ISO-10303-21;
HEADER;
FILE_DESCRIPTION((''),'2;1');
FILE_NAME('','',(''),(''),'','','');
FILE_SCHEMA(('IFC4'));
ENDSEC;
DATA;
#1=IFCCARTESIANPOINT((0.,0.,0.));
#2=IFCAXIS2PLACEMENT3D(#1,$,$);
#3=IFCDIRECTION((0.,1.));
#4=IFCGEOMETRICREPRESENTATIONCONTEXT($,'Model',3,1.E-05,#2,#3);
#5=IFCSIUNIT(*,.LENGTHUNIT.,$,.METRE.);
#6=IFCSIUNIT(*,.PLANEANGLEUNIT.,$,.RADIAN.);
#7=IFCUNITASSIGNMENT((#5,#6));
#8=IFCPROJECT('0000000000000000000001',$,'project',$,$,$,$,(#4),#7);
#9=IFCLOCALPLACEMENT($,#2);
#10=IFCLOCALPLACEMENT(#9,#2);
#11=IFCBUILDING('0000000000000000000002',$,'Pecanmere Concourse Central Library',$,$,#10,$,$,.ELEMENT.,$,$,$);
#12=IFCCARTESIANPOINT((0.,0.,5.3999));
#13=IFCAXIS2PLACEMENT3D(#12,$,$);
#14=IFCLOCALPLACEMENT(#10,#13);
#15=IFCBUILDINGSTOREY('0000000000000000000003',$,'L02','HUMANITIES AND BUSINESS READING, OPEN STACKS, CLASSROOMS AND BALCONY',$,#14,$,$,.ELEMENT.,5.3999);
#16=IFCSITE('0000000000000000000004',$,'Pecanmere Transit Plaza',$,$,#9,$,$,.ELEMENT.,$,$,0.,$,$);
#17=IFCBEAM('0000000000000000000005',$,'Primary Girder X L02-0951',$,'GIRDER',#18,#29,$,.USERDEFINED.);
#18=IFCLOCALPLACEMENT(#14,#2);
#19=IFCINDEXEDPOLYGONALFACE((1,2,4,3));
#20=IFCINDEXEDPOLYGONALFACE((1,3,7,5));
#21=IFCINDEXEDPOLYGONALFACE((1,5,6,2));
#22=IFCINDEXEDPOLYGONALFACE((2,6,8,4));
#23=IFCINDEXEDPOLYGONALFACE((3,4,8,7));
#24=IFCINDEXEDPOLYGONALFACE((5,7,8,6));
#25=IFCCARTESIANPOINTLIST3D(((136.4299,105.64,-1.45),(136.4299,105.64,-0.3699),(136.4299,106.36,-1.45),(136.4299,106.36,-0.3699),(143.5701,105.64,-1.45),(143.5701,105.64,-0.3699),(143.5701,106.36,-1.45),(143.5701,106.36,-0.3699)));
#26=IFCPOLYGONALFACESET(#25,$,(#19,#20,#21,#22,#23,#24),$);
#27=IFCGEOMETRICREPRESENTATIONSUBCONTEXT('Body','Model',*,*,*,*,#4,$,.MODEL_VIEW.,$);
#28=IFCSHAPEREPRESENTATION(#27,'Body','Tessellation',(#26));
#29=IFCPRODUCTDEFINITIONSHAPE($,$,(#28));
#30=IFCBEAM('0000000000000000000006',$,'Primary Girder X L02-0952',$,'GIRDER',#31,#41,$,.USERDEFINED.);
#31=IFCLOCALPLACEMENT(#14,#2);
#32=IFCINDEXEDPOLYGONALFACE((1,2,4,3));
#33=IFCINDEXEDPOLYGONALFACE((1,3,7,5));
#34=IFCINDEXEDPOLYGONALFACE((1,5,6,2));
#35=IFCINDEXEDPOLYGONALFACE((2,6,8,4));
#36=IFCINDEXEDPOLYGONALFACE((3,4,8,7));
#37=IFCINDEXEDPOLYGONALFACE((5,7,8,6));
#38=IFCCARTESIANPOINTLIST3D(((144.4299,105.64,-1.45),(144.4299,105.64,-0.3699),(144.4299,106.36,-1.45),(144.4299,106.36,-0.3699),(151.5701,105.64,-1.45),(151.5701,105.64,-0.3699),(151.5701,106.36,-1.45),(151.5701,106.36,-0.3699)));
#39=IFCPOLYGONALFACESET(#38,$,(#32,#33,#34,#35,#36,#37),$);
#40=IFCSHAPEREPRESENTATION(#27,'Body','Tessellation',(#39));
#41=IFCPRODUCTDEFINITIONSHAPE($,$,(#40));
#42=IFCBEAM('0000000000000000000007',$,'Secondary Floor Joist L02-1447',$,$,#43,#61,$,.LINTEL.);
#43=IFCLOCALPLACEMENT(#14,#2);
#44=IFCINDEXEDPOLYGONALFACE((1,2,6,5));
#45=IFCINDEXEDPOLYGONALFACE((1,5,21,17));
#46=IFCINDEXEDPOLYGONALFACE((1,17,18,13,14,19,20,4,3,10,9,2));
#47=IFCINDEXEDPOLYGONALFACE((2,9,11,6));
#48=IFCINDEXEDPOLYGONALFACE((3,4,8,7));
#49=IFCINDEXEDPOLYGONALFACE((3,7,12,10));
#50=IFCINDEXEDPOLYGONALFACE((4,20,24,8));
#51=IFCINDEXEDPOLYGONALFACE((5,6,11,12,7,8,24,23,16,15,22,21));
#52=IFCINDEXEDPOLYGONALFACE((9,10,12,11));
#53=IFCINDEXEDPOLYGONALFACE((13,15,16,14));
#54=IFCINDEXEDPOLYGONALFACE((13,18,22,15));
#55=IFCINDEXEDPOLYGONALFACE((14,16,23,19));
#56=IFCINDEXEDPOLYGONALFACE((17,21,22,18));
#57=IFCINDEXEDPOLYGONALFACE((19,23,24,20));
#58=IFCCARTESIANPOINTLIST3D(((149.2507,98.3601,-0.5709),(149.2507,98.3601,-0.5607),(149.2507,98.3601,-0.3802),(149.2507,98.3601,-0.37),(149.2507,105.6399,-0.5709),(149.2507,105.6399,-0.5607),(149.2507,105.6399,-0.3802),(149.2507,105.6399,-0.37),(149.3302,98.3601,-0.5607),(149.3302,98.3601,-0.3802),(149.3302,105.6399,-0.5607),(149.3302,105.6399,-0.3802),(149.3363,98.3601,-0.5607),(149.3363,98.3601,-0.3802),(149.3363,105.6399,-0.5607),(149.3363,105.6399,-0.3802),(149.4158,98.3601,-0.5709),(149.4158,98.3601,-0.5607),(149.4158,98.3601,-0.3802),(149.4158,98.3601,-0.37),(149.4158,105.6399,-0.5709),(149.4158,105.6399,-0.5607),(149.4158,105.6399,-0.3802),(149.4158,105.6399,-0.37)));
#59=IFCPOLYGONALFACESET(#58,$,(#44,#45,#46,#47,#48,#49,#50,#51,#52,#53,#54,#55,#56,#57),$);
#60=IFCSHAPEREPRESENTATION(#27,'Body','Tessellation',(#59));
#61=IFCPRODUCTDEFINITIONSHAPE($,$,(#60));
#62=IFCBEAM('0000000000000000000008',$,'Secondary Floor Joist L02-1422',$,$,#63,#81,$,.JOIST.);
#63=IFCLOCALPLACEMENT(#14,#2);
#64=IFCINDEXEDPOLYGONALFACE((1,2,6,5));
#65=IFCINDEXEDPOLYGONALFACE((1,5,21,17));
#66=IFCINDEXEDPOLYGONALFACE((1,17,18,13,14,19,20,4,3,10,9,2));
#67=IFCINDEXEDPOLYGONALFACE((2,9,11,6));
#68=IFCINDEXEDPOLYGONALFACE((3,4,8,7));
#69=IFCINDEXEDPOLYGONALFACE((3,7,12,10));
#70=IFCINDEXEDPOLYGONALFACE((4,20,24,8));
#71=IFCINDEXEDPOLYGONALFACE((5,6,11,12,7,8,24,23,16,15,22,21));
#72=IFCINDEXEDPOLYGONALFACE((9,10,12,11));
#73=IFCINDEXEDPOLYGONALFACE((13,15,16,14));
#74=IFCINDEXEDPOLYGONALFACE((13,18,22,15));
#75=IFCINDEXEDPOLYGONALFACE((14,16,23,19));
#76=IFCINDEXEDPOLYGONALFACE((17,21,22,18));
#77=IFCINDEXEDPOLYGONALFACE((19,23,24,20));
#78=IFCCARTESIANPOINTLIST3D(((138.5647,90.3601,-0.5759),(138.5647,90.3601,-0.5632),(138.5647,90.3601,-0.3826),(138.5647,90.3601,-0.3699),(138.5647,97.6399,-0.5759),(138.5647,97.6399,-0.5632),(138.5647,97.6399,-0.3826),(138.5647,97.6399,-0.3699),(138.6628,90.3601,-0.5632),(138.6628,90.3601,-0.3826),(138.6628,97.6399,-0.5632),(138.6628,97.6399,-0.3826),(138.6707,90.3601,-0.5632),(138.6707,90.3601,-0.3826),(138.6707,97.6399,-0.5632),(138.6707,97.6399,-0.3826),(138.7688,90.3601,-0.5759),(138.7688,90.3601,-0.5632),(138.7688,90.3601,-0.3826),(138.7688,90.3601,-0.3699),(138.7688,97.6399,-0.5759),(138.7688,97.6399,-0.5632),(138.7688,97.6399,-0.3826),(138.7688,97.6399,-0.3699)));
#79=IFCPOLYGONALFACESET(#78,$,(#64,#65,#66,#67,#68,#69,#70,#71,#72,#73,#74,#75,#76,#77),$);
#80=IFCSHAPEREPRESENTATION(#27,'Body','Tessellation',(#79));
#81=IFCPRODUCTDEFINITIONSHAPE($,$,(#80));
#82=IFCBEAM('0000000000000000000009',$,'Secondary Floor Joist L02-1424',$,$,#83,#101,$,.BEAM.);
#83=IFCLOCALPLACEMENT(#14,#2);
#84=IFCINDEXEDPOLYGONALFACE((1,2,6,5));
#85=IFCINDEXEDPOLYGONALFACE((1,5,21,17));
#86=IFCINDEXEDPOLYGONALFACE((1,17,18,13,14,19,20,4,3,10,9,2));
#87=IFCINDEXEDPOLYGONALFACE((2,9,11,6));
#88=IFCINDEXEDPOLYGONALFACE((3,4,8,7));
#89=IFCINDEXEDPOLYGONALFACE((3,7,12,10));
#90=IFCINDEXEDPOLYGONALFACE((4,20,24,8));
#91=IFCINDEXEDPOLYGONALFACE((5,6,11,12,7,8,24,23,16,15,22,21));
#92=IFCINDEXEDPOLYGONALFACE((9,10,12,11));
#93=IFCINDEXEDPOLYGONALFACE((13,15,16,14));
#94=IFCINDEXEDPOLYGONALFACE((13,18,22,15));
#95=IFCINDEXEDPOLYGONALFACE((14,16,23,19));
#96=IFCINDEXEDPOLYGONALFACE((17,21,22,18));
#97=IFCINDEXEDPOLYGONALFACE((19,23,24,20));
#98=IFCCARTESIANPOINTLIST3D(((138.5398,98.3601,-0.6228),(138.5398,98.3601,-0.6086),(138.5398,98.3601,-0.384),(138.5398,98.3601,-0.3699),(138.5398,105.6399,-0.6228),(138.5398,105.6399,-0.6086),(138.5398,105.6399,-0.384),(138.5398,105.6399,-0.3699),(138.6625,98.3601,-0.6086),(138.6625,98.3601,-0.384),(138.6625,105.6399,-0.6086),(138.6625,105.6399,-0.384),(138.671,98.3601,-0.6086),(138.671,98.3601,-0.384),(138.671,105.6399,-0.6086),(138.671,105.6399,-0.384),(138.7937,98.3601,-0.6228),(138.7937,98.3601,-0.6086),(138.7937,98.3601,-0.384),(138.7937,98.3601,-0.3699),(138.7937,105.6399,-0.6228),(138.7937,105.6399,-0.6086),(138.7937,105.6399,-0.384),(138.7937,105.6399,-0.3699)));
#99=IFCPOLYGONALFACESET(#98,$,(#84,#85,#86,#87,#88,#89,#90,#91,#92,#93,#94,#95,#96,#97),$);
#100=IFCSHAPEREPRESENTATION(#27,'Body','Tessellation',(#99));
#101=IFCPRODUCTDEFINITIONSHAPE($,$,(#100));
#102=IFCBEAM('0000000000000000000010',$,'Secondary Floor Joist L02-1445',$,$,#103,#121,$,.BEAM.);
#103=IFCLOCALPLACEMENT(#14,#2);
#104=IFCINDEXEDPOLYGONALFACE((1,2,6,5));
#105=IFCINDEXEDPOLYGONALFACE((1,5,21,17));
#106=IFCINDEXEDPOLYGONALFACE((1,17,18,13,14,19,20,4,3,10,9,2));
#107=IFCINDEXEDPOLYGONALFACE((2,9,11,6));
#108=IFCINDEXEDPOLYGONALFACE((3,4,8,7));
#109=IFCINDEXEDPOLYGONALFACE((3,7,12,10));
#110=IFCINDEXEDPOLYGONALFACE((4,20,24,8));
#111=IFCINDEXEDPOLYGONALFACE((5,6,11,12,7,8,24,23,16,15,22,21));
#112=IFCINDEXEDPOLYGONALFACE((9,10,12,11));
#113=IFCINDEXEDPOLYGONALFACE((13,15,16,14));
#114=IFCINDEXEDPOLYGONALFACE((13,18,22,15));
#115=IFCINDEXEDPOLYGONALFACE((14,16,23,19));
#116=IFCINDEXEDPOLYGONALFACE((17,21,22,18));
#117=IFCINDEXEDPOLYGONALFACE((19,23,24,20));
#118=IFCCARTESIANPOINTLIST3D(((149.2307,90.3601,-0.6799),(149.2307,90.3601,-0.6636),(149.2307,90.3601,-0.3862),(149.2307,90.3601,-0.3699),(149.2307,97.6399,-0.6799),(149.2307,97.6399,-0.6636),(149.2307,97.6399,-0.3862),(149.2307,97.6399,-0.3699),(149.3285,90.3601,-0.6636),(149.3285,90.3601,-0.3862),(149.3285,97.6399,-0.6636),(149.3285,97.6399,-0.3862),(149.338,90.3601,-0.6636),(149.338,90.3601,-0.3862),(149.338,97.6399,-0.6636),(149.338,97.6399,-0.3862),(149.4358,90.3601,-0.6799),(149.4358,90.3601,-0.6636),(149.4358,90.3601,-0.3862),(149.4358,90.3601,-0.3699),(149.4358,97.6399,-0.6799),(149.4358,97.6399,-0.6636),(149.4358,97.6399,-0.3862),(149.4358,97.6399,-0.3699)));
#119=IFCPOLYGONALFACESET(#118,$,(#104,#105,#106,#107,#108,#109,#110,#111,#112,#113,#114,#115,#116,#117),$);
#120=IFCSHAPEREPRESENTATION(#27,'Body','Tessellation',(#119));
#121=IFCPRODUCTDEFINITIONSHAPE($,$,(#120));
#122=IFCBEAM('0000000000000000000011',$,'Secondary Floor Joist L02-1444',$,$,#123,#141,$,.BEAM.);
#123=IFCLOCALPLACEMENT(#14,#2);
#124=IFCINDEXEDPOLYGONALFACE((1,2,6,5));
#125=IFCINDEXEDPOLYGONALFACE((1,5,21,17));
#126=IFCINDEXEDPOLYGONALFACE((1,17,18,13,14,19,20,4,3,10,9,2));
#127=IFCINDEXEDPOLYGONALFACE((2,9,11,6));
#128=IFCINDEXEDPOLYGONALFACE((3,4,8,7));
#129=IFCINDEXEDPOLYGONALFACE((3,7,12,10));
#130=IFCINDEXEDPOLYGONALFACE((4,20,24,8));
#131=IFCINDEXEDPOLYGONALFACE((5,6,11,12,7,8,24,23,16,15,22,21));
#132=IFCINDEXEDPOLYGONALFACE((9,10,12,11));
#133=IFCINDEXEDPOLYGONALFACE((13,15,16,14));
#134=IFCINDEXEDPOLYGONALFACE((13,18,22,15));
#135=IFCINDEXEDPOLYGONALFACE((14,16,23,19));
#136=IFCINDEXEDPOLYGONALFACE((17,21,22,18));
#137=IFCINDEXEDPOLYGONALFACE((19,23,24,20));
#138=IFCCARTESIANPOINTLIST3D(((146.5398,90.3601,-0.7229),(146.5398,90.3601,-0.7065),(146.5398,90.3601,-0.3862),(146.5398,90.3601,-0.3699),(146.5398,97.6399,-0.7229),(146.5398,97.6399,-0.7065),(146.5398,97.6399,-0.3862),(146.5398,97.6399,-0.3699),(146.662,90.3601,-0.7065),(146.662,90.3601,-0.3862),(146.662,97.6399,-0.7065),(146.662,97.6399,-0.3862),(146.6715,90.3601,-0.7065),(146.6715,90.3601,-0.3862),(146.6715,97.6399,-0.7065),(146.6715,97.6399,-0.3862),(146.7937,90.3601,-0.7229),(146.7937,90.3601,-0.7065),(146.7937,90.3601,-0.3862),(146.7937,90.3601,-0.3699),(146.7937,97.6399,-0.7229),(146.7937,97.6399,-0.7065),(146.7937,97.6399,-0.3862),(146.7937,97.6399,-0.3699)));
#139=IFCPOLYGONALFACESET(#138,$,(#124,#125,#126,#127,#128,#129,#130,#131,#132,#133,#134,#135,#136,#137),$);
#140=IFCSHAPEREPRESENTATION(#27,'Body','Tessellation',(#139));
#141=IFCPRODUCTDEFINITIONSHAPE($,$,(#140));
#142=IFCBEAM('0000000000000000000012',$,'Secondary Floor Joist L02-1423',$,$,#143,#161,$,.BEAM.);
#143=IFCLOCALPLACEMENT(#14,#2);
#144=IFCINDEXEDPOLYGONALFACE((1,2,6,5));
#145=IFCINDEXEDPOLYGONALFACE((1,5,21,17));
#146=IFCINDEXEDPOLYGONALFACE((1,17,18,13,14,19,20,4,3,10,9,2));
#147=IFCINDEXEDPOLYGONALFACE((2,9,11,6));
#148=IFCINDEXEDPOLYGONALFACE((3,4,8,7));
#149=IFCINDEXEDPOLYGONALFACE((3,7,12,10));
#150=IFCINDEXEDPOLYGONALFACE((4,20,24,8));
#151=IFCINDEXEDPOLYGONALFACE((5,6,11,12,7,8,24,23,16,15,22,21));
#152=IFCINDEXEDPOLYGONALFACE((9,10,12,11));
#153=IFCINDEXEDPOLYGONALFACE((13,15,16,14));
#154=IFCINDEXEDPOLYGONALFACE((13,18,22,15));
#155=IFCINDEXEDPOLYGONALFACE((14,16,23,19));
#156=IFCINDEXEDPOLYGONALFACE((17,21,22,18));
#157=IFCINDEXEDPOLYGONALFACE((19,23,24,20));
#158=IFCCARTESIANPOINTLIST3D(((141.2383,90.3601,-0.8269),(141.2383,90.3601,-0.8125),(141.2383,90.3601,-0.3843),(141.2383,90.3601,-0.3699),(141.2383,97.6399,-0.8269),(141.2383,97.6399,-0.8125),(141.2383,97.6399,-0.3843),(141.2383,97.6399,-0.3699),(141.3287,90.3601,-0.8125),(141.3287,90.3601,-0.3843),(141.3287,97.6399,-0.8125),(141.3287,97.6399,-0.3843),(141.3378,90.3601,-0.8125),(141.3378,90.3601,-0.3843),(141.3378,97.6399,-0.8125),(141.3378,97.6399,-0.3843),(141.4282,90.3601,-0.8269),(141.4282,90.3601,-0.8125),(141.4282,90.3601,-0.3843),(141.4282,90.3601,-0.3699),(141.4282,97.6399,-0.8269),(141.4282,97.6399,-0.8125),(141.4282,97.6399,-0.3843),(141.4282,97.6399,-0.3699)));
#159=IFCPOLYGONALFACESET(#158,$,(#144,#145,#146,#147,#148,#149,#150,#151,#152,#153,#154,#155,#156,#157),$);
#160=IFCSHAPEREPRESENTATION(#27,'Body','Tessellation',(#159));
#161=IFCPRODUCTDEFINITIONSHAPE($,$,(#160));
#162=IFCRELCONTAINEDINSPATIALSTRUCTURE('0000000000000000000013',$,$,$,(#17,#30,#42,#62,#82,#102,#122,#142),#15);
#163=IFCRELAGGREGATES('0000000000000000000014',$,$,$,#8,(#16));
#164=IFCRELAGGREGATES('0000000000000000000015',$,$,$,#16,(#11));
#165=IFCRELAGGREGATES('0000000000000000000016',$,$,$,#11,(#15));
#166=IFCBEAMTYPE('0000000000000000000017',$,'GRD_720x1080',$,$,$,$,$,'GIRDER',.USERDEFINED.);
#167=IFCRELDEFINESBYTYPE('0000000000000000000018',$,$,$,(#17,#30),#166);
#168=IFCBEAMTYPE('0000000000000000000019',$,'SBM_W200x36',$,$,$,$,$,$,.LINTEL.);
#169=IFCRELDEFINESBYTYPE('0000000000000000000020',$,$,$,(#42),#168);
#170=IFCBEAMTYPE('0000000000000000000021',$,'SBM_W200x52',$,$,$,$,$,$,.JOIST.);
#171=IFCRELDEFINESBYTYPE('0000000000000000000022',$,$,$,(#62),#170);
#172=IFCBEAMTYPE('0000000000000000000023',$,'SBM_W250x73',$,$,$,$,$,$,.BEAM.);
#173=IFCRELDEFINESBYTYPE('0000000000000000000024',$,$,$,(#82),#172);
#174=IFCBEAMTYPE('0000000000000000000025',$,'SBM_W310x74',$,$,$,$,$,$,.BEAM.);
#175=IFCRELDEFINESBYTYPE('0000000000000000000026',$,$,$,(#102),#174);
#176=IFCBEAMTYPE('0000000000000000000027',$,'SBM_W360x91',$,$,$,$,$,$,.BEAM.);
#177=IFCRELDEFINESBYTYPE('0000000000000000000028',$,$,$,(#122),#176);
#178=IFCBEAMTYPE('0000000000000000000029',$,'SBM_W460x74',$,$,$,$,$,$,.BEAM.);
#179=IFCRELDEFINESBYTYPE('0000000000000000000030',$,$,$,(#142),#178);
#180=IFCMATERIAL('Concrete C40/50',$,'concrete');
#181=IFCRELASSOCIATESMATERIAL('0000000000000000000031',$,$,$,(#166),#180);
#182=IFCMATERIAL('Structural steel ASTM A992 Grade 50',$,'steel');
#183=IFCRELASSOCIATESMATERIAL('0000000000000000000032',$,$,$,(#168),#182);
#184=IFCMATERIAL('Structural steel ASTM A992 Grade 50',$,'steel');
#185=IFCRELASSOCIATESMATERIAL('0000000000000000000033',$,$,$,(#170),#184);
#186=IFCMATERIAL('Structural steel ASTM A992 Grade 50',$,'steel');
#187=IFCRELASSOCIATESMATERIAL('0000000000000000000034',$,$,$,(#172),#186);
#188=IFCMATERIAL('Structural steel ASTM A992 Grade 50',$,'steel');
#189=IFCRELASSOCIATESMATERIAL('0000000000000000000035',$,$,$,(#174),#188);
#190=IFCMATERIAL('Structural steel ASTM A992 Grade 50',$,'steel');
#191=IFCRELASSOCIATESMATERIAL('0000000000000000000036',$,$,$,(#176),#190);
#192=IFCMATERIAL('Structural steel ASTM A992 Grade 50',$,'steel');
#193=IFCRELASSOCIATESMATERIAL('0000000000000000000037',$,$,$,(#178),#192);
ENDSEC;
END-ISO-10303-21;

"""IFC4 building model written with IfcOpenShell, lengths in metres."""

from ifc_helpers import new_model, si_unit, direction, frame, origin, origin_2d, place, context, subcontext, project, spatial, rectangle, i_section, extrude, material, material_profile, profile_set, type_object, element, save


model = new_model("IFC4")

# Units and contexts
model_context = context("Model", 3, precision=1e-05, world=origin(), true_north=direction((0.0, 1.0)))
body_context = subcontext(model_context, "Body", "Model", "MODEL_VIEW")
ifc_project = project(units=[si_unit("LENGTHUNIT", "METRE"), si_unit("PLANEANGLEUNIT", "RADIAN")], contexts=[model_context])

# Site, building, storey
site_placement = place(None, origin())
site = spatial("IfcSite", under=ifc_project, at=site_placement, Name="Pecanmere Transit Plaza", CompositionType="ELEMENT", RefElevation=0.0)
building_placement = place(site_placement, origin())
building = spatial("IfcBuilding", under=site, at=building_placement, Name="Pecanmere Concourse Central Library", CompositionType="ELEMENT")
storey_placement = place(building_placement, frame((0.0, 0.0, 5.3999)))
storey = spatial("IfcBuildingStorey", under=building, at=storey_placement, Name="L02", Description="HUMANITIES AND BUSINESS READING, OPEN STACKS, CLASSROOMS AND BALCONY", CompositionType="ELEMENT", Elevation=5.3999)

# Beams
ifc_material_1 = material(Name="Concrete C40/50", Category="concrete")
ifc_material_profile_1 = material_profile(ifc_material_1, rectangle(XDim=0.72, YDim=1.0801, at=origin_2d()), Name="RC 720x1080")
ifc_profile_set_1 = profile_set([ifc_material_profile_1], Name="Concrete C40/50")
beam_type_1 = type_object("IfcBeamType", Name="GRD_720x1080", ElementType="GIRDER", PredefinedType="USERDEFINED", material=ifc_profile_set_1)
for number, where, z_axis, x_axis, name in (
    (1, (136.4299, 106.0, -0.9099), (1.0, 0.0, 0.0), (0.0, 1.0, 0.0), "Primary Girder X L02-0951"),
    (2, (144.4299, 106.0, -0.9099), (1.0, 0.0, 0.0), (0.0, 1.0, 0.0), "Primary Girder X L02-0952"),
):
    element("IfcBeam", number, at=place(storey_placement, frame(where, z_axis=z_axis, x_axis=x_axis)), inside=storey, type_object=beam_type_1, Name=name, ObjectType="GIRDER", PredefinedType="USERDEFINED", context=body_context, shape_type="SweptSolid", body=[
        extrude(rectangle(XDim=0.72, YDim=1.0801, at=origin_2d()), origin(), (0.0, 0.0, 1.0), 7.1401),
    ])
ifc_material_2 = material(Name="Structural steel ASTM A992 Grade 50", Category="steel")
ifc_material_profile_2 = material_profile(ifc_material_2, i_section(OverallWidth=0.165, OverallDepth=0.2009, WebThickness=0.0061, FlangeThickness=0.0103, at=origin_2d()), Name="W200x35.9")
ifc_profile_set_2 = profile_set([ifc_material_profile_2], Name="Structural steel ASTM A992 Grade 50")
beam_type_2 = type_object("IfcBeamType", Name="SBM_W200x36", PredefinedType="LINTEL", material=ifc_profile_set_2)
beam_1_placement = place(storey_placement, frame((149.3333, 98.3601, -0.4705), z_axis=(0.0, 1.0, 0.0), x_axis=(-1.0, 0.0, 0.0)))
element("IfcBeam", 3, at=beam_1_placement, inside=storey, type_object=beam_type_2, Name="Secondary Floor Joist L02-1447", PredefinedType="LINTEL", context=body_context, shape_type="SweptSolid", body=[
    extrude(i_section(OverallWidth=0.165, OverallDepth=0.2009, WebThickness=0.0061, FlangeThickness=0.0103, at=origin_2d()), origin(), (0.0, 0.0, 1.0), 7.2798),
])
ifc_material_3 = material(Name="Structural steel ASTM A992 Grade 50", Category="steel")
ifc_material_profile_3 = material_profile(ifc_material_3, i_section(OverallWidth=0.2041, OverallDepth=0.2061, WebThickness=0.0078, FlangeThickness=0.0127, at=origin_2d()), Name="W200x52")
ifc_profile_set_3 = profile_set([ifc_material_profile_3], Name="Structural steel ASTM A992 Grade 50")
beam_type_3 = type_object("IfcBeamType", Name="SBM_W200x52", PredefinedType="JOIST", material=ifc_profile_set_3)
beam_2_placement = place(storey_placement, frame((138.6667, 90.3601, -0.4729), z_axis=(0.0, 1.0, 0.0), x_axis=(-1.0, 0.0, 0.0)))
element("IfcBeam", 4, at=beam_2_placement, inside=storey, type_object=beam_type_3, Name="Secondary Floor Joist L02-1422", PredefinedType="JOIST", context=body_context, shape_type="SweptSolid", body=[
    extrude(i_section(OverallWidth=0.2041, OverallDepth=0.2061, WebThickness=0.0078, FlangeThickness=0.0127, at=origin_2d()), origin(), (0.0, 0.0, 1.0), 7.2798),
])
ifc_material_4 = material(Name="Structural steel ASTM A992 Grade 50", Category="steel")
ifc_material_profile_4 = material_profile(ifc_material_4, i_section(OverallWidth=0.2539, OverallDepth=0.2529, WebThickness=0.0085, FlangeThickness=0.0142, at=origin_2d()), Name="W250x73")
ifc_profile_set_4 = profile_set([ifc_material_profile_4], Name="Structural steel ASTM A992 Grade 50")
beam_type_4 = type_object("IfcBeamType", Name="SBM_W250x73", PredefinedType="BEAM", material=ifc_profile_set_4)
beam_3_placement = place(storey_placement, frame((138.6667, 98.3601, -0.4963), z_axis=(0.0, 1.0, 0.0), x_axis=(-1.0, 0.0, 0.0)))
element("IfcBeam", 5, at=beam_3_placement, inside=storey, type_object=beam_type_4, Name="Secondary Floor Joist L02-1424", PredefinedType="BEAM", context=body_context, shape_type="SweptSolid", body=[
    extrude(i_section(OverallWidth=0.2539, OverallDepth=0.2529, WebThickness=0.0085, FlangeThickness=0.0142, at=origin_2d()), origin(), (0.0, 0.0, 1.0), 7.2798),
])
ifc_material_5 = material(Name="Structural steel ASTM A992 Grade 50", Category="steel")
ifc_material_profile_5 = material_profile(ifc_material_5, i_section(OverallWidth=0.2051, OverallDepth=0.3101, WebThickness=0.0095, FlangeThickness=0.0164, at=origin_2d()), Name="W310x74")
ifc_profile_set_5 = profile_set([ifc_material_profile_5], Name="Structural steel ASTM A992 Grade 50")
beam_type_5 = type_object("IfcBeamType", Name="SBM_W310x74", PredefinedType="BEAM", material=ifc_profile_set_5)
beam_4_placement = place(storey_placement, frame((149.3333, 90.3601, -0.5249), z_axis=(0.0, 1.0, 0.0), x_axis=(-1.0, 0.0, 0.0)))
element("IfcBeam", 6, at=beam_4_placement, inside=storey, type_object=beam_type_5, Name="Secondary Floor Joist L02-1445", PredefinedType="BEAM", context=body_context, shape_type="SweptSolid", body=[
    extrude(i_section(OverallWidth=0.2051, OverallDepth=0.3101, WebThickness=0.0095, FlangeThickness=0.0164, at=origin_2d()), origin(), (0.0, 0.0, 1.0), 7.2798),
])
ifc_material_6 = material(Name="Structural steel ASTM A992 Grade 50", Category="steel")
ifc_material_profile_6 = material_profile(ifc_material_6, i_section(OverallWidth=0.2539, OverallDepth=0.353, WebThickness=0.0095, FlangeThickness=0.0164, at=origin_2d()), Name="W360x91")
ifc_profile_set_6 = profile_set([ifc_material_profile_6], Name="Structural steel ASTM A992 Grade 50")
beam_type_6 = type_object("IfcBeamType", Name="SBM_W360x91", PredefinedType="BEAM", material=ifc_profile_set_6)
beam_5_placement = place(storey_placement, frame((146.6667, 90.3601, -0.5464), z_axis=(0.0, 1.0, 0.0), x_axis=(-1.0, 0.0, 0.0)))
element("IfcBeam", 7, at=beam_5_placement, inside=storey, type_object=beam_type_6, Name="Secondary Floor Joist L02-1444", PredefinedType="BEAM", context=body_context, shape_type="SweptSolid", body=[
    extrude(i_section(OverallWidth=0.2539, OverallDepth=0.353, WebThickness=0.0095, FlangeThickness=0.0164, at=origin_2d()), origin(), (0.0, 0.0, 1.0), 7.2798),
])
ifc_material_7 = material(Name="Structural steel ASTM A992 Grade 50", Category="steel")
ifc_material_profile_7 = material_profile(ifc_material_7, i_section(OverallWidth=0.1899, OverallDepth=0.457, WebThickness=0.009, FlangeThickness=0.0144, at=origin_2d()), Name="W460x74")
ifc_profile_set_7 = profile_set([ifc_material_profile_7], Name="Structural steel ASTM A992 Grade 50")
beam_type_7 = type_object("IfcBeamType", Name="SBM_W460x74", PredefinedType="BEAM", material=ifc_profile_set_7)
beam_6_placement = place(storey_placement, frame((141.3333, 90.3601, -0.5984), z_axis=(0.0, 1.0, 0.0), x_axis=(-1.0, 0.0, 0.0)))
element("IfcBeam", 8, at=beam_6_placement, inside=storey, type_object=beam_type_7, Name="Secondary Floor Joist L02-1423", PredefinedType="BEAM", context=body_context, shape_type="SweptSolid", body=[
    extrude(i_section(OverallWidth=0.1899, OverallDepth=0.457, WebThickness=0.009, FlangeThickness=0.0144, at=origin_2d()), origin(), (0.0, 0.0, 1.0), 7.2798),
])

save(model, "model.ifc")
